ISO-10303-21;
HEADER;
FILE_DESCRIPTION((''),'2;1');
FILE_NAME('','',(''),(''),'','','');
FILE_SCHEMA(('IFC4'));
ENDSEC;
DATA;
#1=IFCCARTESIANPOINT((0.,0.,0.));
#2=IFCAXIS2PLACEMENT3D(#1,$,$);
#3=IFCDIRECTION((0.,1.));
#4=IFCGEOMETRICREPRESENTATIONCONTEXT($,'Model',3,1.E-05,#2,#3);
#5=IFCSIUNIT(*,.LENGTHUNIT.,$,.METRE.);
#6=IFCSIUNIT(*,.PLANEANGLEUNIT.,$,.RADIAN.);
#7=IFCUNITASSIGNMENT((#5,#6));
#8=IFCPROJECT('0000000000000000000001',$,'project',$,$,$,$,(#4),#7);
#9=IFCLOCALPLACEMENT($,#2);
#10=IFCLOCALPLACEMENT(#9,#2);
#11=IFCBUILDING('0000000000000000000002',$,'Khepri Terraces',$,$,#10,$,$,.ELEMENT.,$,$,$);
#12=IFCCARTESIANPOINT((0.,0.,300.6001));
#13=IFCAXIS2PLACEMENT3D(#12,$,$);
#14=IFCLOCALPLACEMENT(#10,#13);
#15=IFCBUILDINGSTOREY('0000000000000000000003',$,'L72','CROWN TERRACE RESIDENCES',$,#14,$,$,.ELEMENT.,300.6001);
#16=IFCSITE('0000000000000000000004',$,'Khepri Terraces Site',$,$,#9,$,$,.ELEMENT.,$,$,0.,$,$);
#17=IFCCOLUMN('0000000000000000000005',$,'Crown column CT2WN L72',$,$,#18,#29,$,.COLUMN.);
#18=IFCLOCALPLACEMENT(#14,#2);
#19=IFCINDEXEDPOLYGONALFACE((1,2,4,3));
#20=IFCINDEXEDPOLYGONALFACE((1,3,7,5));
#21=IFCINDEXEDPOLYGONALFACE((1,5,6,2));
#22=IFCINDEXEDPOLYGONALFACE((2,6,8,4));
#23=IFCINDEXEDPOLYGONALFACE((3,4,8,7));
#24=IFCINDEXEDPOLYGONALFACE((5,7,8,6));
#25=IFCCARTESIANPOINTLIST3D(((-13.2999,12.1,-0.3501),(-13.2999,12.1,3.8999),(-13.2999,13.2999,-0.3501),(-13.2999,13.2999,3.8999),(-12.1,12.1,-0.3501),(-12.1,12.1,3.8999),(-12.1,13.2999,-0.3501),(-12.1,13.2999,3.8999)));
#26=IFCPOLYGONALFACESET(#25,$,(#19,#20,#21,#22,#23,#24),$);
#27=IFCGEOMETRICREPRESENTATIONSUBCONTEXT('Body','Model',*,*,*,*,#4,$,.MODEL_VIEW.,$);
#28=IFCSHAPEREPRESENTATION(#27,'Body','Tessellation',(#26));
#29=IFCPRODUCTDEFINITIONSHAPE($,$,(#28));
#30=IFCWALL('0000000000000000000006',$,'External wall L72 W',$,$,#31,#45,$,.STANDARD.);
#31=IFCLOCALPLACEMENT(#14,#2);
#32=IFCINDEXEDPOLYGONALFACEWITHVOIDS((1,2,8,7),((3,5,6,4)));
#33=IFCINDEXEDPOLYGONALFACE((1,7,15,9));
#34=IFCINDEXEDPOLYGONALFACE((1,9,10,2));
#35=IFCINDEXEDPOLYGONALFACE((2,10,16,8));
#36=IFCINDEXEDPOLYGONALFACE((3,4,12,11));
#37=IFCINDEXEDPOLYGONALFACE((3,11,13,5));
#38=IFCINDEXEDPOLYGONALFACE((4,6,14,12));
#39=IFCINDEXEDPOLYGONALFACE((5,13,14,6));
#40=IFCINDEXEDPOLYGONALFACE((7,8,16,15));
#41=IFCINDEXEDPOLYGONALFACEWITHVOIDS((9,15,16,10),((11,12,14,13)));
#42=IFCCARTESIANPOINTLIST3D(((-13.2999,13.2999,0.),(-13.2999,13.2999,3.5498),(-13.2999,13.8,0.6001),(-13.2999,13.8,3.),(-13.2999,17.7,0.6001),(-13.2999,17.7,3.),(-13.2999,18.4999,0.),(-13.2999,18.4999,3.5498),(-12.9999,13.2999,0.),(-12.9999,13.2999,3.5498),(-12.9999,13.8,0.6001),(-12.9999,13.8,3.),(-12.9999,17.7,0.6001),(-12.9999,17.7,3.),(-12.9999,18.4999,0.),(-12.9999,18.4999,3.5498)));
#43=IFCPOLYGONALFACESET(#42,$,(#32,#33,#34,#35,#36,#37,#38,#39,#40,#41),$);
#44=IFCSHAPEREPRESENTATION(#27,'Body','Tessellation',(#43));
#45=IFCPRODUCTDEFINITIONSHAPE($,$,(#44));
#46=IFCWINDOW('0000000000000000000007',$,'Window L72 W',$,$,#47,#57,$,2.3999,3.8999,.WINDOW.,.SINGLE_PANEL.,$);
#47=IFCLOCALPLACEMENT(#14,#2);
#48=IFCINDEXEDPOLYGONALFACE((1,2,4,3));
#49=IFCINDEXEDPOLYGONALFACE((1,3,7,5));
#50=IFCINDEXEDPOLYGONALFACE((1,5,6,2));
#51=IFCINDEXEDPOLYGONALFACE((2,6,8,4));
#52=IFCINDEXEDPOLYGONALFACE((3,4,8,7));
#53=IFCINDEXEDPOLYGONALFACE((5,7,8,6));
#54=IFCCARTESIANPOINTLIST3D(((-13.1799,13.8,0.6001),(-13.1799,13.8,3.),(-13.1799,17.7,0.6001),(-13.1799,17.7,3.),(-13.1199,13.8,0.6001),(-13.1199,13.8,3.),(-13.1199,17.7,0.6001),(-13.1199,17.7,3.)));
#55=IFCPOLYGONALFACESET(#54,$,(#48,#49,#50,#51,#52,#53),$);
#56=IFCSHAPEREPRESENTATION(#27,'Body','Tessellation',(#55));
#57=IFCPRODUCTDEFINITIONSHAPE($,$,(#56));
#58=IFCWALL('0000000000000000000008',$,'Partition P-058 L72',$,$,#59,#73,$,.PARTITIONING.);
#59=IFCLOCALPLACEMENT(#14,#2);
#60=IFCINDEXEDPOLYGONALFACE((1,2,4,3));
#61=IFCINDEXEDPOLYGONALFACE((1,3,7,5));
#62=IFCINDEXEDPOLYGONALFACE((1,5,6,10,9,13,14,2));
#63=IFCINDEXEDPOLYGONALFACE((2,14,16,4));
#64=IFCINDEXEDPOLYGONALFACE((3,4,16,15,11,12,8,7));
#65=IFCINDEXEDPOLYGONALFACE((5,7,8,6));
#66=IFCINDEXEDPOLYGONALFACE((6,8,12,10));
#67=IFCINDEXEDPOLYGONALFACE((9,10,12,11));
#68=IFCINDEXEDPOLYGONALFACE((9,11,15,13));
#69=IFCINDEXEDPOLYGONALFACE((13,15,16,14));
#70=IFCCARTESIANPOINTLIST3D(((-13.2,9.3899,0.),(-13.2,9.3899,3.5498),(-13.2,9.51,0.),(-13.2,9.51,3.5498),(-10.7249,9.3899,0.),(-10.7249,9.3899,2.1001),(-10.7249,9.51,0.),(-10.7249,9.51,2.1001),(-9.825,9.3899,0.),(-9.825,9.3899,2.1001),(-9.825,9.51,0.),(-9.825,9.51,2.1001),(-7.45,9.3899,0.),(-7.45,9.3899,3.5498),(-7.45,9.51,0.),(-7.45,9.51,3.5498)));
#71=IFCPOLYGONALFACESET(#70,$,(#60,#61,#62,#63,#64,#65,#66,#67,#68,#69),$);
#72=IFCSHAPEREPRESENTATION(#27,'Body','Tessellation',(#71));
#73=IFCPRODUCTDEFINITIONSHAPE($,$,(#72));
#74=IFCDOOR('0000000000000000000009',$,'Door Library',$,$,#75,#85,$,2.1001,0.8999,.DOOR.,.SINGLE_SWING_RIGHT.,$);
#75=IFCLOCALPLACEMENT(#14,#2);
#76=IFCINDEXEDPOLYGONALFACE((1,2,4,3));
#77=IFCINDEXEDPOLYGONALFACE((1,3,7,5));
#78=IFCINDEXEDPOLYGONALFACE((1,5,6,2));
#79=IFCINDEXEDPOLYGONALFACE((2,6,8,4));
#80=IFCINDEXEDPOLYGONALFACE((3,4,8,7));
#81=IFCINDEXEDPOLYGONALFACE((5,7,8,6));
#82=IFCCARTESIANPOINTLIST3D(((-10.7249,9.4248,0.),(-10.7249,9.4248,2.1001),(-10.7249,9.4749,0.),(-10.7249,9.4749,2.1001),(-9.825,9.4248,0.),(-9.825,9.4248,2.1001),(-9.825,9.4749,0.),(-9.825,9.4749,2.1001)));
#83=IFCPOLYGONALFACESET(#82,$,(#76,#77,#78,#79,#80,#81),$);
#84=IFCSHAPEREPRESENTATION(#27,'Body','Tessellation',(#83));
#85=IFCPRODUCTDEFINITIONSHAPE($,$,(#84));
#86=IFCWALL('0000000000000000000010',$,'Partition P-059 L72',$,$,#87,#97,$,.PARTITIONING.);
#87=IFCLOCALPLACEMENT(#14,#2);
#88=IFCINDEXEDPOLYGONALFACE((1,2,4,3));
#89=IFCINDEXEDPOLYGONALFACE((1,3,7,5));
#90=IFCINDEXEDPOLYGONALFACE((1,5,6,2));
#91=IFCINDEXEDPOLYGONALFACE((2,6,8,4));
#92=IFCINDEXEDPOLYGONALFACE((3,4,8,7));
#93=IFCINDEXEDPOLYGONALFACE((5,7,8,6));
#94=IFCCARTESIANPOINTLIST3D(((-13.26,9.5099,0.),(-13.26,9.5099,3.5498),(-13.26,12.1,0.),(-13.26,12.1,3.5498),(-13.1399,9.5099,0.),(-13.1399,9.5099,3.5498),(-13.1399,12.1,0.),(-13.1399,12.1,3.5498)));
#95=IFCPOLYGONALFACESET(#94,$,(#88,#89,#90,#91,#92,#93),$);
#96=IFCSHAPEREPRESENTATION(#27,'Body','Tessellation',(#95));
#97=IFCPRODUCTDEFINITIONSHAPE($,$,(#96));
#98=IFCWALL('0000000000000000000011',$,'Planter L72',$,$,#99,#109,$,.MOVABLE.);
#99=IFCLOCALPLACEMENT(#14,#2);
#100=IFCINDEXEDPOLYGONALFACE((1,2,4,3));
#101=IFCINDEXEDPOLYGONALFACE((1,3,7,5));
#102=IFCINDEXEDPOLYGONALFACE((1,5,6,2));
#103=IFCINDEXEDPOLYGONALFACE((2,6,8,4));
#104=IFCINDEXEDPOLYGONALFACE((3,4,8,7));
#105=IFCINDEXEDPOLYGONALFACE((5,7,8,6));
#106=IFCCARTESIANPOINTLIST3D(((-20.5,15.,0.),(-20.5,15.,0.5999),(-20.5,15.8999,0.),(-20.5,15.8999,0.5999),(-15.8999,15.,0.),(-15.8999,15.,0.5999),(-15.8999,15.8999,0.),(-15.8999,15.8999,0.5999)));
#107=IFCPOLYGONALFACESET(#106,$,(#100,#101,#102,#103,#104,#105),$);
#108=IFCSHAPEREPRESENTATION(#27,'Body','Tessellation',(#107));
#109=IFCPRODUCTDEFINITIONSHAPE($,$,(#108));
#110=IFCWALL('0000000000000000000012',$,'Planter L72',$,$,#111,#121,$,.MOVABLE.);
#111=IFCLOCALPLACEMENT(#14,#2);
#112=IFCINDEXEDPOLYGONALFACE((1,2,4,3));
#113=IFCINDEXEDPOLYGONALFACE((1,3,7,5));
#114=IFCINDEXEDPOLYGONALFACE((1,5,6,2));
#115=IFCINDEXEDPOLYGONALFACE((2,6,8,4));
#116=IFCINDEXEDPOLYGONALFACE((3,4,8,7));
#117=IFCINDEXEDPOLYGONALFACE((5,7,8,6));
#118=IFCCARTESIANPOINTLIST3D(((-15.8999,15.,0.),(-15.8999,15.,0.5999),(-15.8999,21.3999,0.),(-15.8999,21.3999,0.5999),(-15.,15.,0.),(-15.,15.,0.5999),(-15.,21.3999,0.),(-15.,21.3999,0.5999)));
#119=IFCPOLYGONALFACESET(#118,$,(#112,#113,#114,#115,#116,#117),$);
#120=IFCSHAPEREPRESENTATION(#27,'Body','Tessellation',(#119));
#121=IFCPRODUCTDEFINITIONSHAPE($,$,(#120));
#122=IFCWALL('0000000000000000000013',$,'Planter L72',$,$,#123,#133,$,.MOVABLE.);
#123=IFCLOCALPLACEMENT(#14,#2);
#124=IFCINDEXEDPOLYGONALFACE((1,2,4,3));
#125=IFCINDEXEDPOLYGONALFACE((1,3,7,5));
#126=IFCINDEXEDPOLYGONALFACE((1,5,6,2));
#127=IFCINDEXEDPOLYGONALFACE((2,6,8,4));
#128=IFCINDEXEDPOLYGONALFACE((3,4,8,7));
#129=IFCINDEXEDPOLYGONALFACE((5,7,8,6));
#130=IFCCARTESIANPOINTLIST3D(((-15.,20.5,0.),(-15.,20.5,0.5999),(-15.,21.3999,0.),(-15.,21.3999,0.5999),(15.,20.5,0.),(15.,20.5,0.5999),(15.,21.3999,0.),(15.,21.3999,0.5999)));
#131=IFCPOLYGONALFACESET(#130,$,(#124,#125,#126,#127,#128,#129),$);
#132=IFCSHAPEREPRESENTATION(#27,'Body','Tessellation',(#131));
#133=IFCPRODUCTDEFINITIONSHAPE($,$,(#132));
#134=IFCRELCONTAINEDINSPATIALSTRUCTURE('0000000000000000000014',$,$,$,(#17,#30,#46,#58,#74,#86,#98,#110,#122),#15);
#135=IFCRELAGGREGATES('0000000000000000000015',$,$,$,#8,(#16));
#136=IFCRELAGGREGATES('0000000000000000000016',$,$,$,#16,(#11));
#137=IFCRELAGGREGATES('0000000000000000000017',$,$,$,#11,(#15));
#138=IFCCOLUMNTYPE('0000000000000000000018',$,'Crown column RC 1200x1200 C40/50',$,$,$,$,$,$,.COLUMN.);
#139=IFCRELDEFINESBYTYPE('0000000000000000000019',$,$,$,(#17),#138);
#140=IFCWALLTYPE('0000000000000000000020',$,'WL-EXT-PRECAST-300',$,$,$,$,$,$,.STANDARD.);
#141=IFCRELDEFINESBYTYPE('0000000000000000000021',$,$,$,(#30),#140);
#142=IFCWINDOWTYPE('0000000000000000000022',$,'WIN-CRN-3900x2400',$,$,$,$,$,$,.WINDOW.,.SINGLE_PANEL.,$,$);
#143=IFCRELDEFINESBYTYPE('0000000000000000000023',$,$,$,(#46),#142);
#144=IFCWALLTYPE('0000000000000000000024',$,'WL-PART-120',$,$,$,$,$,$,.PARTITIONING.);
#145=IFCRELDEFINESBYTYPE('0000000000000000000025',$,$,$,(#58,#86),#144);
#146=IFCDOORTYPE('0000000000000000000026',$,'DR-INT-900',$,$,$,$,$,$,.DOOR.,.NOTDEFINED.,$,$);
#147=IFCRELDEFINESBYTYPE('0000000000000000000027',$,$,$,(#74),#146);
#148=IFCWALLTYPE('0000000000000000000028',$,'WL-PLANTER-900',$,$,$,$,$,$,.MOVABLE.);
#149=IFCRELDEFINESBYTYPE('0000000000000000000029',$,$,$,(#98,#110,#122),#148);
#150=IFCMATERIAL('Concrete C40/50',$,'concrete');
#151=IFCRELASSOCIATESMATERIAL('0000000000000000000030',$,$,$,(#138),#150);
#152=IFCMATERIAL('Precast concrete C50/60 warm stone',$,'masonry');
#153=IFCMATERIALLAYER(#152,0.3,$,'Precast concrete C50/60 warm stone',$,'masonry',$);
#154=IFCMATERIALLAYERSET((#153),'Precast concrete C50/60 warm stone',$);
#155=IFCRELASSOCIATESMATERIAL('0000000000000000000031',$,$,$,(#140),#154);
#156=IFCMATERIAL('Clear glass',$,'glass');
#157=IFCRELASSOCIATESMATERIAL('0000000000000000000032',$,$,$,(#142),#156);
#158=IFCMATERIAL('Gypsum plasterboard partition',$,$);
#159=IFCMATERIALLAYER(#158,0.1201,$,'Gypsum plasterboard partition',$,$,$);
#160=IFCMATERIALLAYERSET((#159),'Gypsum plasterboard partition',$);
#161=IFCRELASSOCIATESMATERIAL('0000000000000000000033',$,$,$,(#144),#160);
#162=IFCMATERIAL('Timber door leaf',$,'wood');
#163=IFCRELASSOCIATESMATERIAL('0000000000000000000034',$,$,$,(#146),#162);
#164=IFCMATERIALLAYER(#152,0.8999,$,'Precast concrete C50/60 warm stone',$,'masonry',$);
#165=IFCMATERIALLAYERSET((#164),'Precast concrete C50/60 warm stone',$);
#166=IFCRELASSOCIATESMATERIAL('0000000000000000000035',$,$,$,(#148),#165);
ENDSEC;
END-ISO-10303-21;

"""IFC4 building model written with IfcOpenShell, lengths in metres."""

from ifc_helpers import new_model, si_unit, direction, frame, frame_2d, origin, origin_2d, place, context, subcontext, project, spatial, rectangle, extrude, material, layer, layer_set, material_profile, profile_set, type_object, element, fill, save


model = new_model("IFC4")

# Units and contexts
model_context = context("Model", 3, precision=1e-05, world=origin(), true_north=direction((0.0, 1.0)))
body_context = subcontext(model_context, "Body", "Model", "MODEL_VIEW")
ifc_project = project(units=[si_unit("LENGTHUNIT", "METRE"), si_unit("PLANEANGLEUNIT", "RADIAN")], contexts=[model_context])

# Site, building, storey
site_placement = place(None, origin())
site = spatial("IfcSite", under=ifc_project, at=site_placement, Name="Khepri Terraces Site", CompositionType="ELEMENT", RefElevation=0.0)
building_placement = place(site_placement, origin())
building = spatial("IfcBuilding", under=site, at=building_placement, Name="Khepri Terraces", CompositionType="ELEMENT")
storey_placement = place(building_placement, frame((0.0, 0.0, 300.6001)))
storey = spatial("IfcBuildingStorey", under=building, at=storey_placement, Name="L72", Description="CROWN TERRACE RESIDENCES", CompositionType="ELEMENT", Elevation=300.6001)

# Column
ifc_material_1 = material(Name="Concrete C40/50", Category="concrete")
ifc_material_profile = material_profile(ifc_material_1, rectangle(XDim=1.2, YDim=1.2, at=origin_2d()), Name="Concrete C40/50", Category="concrete")
ifc_profile_set = profile_set([ifc_material_profile], Name="Concrete C40/50")
column_type = type_object("IfcColumnType", Name="Crown column RC 1200x1200 C40/50", PredefinedType="COLUMN", material=ifc_profile_set)
column_placement = place(storey_placement, frame((-12.7, 12.7, -0.3501), z_axis=(0.0, 0.0, 1.0), x_axis=(1.0, 0.0, 0.0)))
element("IfcColumn", 1, at=column_placement, inside=storey, type_object=column_type, Name="Crown column CT2WN L72", PredefinedType="COLUMN", context=body_context, shape_type="SweptSolid", body=[
    extrude(rectangle(XDim=1.2, YDim=1.2, at=origin_2d()), origin(), (0.0, 0.0, 1.0), 4.25),
])

# Wall, opening, window
ifc_material_2 = material(Name="Precast concrete C50/60 warm stone", Category="masonry")
ifc_layer_1 = layer(ifc_material_2, 0.3, Name="Precast concrete C50/60 warm stone", Category="masonry")
ifc_layer_set_1 = layer_set([ifc_layer_1], Name="Precast concrete C50/60 warm stone")
wall_type_1 = type_object("IfcWallType", Name="WL-EXT-PRECAST-300", PredefinedType="STANDARD", material=ifc_layer_set_1)
wall_1_placement = place(storey_placement, frame((-13.1499, 18.5, 0.0), z_axis=(0.0, 0.0, 1.0), x_axis=(0.0, -1.0, 0.0)))
wall_1 = element("IfcWall", 2, at=wall_1_placement, inside=storey, type_object=wall_type_1, Name="External wall L72 W", PredefinedType="STANDARD", context=body_context, shape_type="SweptSolid", body=[
    extrude(rectangle(XDim=5.2, YDim=0.3, at=frame_2d((2.6001, 0.0))), origin(), (0.0, 0.0, 1.0), 3.5498),
])
opening_1_placement = place(wall_1_placement, frame((0.8, 0.0, 0.6001)))
opening_1 = element("IfcOpeningElement", 3, at=opening_1_placement, cuts=wall_1, PredefinedType="OPENING", context=body_context, shape_type="SweptSolid", body=[
    extrude(rectangle(XDim=3.8999, YDim=2.3999, at=frame_2d((1.95, 1.2))), frame((0.0, 0.1602, 0.0), z_axis=(0.0, -1.0, 0.0), x_axis=(1.0, 0.0, 0.0)), (0.0, 0.0, 1.0), 0.3201),
])
ifc_material_3 = material(Name="Clear glass", Category="glass")
window_type_1 = type_object("IfcWindowType", Name="WIN-CRN-3900x2400", PartitioningType="SINGLE_PANEL", PredefinedType="WINDOW", material=ifc_material_3)
window_1_placement = place(opening_1_placement, origin())
window_1 = element("IfcWindow", 4, at=window_1_placement, inside=storey, type_object=window_type_1, Name="Window L72 W", OverallHeight=2.3999, OverallWidth=3.8999, PartitioningType="SINGLE_PANEL", PredefinedType="WINDOW", context=body_context, shape_type="SweptSolid", body=[
    extrude(rectangle(XDim=3.8999, YDim=2.3999, at=frame_2d((1.95, 1.2))), frame((0.0, 0.03, 0.0), z_axis=(0.0, -1.0, 0.0), x_axis=(1.0, 0.0, 0.0)), (0.0, 0.0, 1.0), 0.0601),
])
fill(opening_1, window_1)

# Wall, opening, door
ifc_material_4 = material(Name="Gypsum plasterboard partition")
ifc_layer_2 = layer(ifc_material_4, 0.1201, Name="Gypsum plasterboard partition")
ifc_layer_set_2 = layer_set([ifc_layer_2], Name="Gypsum plasterboard partition")
wall_type_2 = type_object("IfcWallType", Name="WL-PART-120", PredefinedType="PARTITIONING", material=ifc_layer_set_2)
wall_2_placement = place(storey_placement, frame((-13.2, 9.45, 0.0), z_axis=(0.0, 0.0, 1.0), x_axis=(1.0, 0.0, 0.0)))
wall_2 = element("IfcWall", 5, at=wall_2_placement, inside=storey, type_object=wall_type_2, Name="Partition P-058 L72", PredefinedType="PARTITIONING", context=body_context, shape_type="SweptSolid", body=[
    extrude(rectangle(XDim=5.75, YDim=0.1201, at=frame_2d((2.875, 0.0))), origin(), (0.0, 0.0, 1.0), 3.5498),
])
opening_2_placement = place(wall_2_placement, frame((2.4751, 0.0, 0.0)))
opening_2 = element("IfcOpeningElement", 6, at=opening_2_placement, cuts=wall_2, PredefinedType="OPENING", context=body_context, shape_type="SweptSolid", body=[
    extrude(rectangle(XDim=0.8999, YDim=2.1001, at=frame_2d((0.45, 1.05))), frame((0.0, 0.0701, 0.0), z_axis=(0.0, -1.0, 0.0), x_axis=(1.0, 0.0, 0.0)), (0.0, 0.0, 1.0), 0.1401),
])
ifc_material_5 = material(Name="Timber door leaf", Category="wood")
door_type_1 = type_object("IfcDoorType", Name="DR-INT-900", OperationType="NOTDEFINED", PredefinedType="DOOR", material=ifc_material_5)
door_1_placement = place(opening_2_placement, origin())
door_1 = element("IfcDoor", 7, at=door_1_placement, inside=storey, type_object=door_type_1, Name="Door Library", OperationType="SINGLE_SWING_RIGHT", OverallHeight=2.1001, OverallWidth=0.8999, PredefinedType="DOOR", context=body_context, shape_type="SweptSolid", body=[
    extrude(rectangle(XDim=0.8999, YDim=2.1001, at=frame_2d((0.45, 1.05))), frame((0.0, 0.0249, 0.0), z_axis=(0.0, -1.0, 0.0), x_axis=(1.0, 0.0, 0.0)), (0.0, 0.0, 1.0), 0.05),
])
fill(opening_2, door_1)

# Walls
wall_3_placement = place(storey_placement, frame((-13.2, 9.51, 0.0), z_axis=(0.0, 0.0, 1.0), x_axis=(0.0, 1.0, 0.0)))
element("IfcWall", 8, at=wall_3_placement, inside=storey, type_object=wall_type_2, Name="Partition P-059 L72", PredefinedType="PARTITIONING", context=body_context, shape_type="SweptSolid", body=[
    extrude(rectangle(XDim=2.5901, YDim=0.1201, at=frame_2d((1.2949, 0.0))), origin(), (0.0, 0.0, 1.0), 3.5498),
])
ifc_layer_3 = layer(ifc_material_2, 0.8999, Name="Precast concrete C50/60 warm stone", Category="masonry")
ifc_layer_set_3 = layer_set([ifc_layer_3], Name="Precast concrete C50/60 warm stone")
wall_type_3 = type_object("IfcWallType", Name="WL-PLANTER-900", PredefinedType="MOVABLE", material=ifc_layer_set_3)
wall_4_placement = place(storey_placement, frame((-20.5, 15.45, 0.0), z_axis=(0.0, 0.0, 1.0), x_axis=(1.0, 0.0, 0.0)))
element("IfcWall", 9, at=wall_4_placement, inside=storey, type_object=wall_type_3, Name="Planter L72", PredefinedType="MOVABLE", context=body_context, shape_type="SweptSolid", body=[
    extrude(rectangle(XDim=4.6001, YDim=0.8999, at=frame_2d((2.3, 0.0))), origin(), (0.0, 0.0, 1.0), 0.5999),
])
wall_5_placement = place(storey_placement, frame((-15.45, 15.0, 0.0), z_axis=(0.0, 0.0, 1.0), x_axis=(0.0, 1.0, 0.0)))
element("IfcWall", 10, at=wall_5_placement, inside=storey, type_object=wall_type_3, Name="Planter L72", PredefinedType="MOVABLE", context=body_context, shape_type="SweptSolid", body=[
    extrude(rectangle(XDim=6.3999, YDim=0.8999, at=frame_2d((3.2, 0.0))), origin(), (0.0, 0.0, 1.0), 0.5999),
])
wall_6_placement = place(storey_placement, frame((-15.0, 20.95, 0.0), z_axis=(0.0, 0.0, 1.0), x_axis=(1.0, 0.0, 0.0)))
element("IfcWall", 11, at=wall_6_placement, inside=storey, type_object=wall_type_3, Name="Planter L72", PredefinedType="MOVABLE", context=body_context, shape_type="SweptSolid", body=[
    extrude(rectangle(XDim=30.0, YDim=0.8999, at=frame_2d((15.0, 0.0))), origin(), (0.0, 0.0, 1.0), 0.5999),
])

save(model, "model.ifc")
